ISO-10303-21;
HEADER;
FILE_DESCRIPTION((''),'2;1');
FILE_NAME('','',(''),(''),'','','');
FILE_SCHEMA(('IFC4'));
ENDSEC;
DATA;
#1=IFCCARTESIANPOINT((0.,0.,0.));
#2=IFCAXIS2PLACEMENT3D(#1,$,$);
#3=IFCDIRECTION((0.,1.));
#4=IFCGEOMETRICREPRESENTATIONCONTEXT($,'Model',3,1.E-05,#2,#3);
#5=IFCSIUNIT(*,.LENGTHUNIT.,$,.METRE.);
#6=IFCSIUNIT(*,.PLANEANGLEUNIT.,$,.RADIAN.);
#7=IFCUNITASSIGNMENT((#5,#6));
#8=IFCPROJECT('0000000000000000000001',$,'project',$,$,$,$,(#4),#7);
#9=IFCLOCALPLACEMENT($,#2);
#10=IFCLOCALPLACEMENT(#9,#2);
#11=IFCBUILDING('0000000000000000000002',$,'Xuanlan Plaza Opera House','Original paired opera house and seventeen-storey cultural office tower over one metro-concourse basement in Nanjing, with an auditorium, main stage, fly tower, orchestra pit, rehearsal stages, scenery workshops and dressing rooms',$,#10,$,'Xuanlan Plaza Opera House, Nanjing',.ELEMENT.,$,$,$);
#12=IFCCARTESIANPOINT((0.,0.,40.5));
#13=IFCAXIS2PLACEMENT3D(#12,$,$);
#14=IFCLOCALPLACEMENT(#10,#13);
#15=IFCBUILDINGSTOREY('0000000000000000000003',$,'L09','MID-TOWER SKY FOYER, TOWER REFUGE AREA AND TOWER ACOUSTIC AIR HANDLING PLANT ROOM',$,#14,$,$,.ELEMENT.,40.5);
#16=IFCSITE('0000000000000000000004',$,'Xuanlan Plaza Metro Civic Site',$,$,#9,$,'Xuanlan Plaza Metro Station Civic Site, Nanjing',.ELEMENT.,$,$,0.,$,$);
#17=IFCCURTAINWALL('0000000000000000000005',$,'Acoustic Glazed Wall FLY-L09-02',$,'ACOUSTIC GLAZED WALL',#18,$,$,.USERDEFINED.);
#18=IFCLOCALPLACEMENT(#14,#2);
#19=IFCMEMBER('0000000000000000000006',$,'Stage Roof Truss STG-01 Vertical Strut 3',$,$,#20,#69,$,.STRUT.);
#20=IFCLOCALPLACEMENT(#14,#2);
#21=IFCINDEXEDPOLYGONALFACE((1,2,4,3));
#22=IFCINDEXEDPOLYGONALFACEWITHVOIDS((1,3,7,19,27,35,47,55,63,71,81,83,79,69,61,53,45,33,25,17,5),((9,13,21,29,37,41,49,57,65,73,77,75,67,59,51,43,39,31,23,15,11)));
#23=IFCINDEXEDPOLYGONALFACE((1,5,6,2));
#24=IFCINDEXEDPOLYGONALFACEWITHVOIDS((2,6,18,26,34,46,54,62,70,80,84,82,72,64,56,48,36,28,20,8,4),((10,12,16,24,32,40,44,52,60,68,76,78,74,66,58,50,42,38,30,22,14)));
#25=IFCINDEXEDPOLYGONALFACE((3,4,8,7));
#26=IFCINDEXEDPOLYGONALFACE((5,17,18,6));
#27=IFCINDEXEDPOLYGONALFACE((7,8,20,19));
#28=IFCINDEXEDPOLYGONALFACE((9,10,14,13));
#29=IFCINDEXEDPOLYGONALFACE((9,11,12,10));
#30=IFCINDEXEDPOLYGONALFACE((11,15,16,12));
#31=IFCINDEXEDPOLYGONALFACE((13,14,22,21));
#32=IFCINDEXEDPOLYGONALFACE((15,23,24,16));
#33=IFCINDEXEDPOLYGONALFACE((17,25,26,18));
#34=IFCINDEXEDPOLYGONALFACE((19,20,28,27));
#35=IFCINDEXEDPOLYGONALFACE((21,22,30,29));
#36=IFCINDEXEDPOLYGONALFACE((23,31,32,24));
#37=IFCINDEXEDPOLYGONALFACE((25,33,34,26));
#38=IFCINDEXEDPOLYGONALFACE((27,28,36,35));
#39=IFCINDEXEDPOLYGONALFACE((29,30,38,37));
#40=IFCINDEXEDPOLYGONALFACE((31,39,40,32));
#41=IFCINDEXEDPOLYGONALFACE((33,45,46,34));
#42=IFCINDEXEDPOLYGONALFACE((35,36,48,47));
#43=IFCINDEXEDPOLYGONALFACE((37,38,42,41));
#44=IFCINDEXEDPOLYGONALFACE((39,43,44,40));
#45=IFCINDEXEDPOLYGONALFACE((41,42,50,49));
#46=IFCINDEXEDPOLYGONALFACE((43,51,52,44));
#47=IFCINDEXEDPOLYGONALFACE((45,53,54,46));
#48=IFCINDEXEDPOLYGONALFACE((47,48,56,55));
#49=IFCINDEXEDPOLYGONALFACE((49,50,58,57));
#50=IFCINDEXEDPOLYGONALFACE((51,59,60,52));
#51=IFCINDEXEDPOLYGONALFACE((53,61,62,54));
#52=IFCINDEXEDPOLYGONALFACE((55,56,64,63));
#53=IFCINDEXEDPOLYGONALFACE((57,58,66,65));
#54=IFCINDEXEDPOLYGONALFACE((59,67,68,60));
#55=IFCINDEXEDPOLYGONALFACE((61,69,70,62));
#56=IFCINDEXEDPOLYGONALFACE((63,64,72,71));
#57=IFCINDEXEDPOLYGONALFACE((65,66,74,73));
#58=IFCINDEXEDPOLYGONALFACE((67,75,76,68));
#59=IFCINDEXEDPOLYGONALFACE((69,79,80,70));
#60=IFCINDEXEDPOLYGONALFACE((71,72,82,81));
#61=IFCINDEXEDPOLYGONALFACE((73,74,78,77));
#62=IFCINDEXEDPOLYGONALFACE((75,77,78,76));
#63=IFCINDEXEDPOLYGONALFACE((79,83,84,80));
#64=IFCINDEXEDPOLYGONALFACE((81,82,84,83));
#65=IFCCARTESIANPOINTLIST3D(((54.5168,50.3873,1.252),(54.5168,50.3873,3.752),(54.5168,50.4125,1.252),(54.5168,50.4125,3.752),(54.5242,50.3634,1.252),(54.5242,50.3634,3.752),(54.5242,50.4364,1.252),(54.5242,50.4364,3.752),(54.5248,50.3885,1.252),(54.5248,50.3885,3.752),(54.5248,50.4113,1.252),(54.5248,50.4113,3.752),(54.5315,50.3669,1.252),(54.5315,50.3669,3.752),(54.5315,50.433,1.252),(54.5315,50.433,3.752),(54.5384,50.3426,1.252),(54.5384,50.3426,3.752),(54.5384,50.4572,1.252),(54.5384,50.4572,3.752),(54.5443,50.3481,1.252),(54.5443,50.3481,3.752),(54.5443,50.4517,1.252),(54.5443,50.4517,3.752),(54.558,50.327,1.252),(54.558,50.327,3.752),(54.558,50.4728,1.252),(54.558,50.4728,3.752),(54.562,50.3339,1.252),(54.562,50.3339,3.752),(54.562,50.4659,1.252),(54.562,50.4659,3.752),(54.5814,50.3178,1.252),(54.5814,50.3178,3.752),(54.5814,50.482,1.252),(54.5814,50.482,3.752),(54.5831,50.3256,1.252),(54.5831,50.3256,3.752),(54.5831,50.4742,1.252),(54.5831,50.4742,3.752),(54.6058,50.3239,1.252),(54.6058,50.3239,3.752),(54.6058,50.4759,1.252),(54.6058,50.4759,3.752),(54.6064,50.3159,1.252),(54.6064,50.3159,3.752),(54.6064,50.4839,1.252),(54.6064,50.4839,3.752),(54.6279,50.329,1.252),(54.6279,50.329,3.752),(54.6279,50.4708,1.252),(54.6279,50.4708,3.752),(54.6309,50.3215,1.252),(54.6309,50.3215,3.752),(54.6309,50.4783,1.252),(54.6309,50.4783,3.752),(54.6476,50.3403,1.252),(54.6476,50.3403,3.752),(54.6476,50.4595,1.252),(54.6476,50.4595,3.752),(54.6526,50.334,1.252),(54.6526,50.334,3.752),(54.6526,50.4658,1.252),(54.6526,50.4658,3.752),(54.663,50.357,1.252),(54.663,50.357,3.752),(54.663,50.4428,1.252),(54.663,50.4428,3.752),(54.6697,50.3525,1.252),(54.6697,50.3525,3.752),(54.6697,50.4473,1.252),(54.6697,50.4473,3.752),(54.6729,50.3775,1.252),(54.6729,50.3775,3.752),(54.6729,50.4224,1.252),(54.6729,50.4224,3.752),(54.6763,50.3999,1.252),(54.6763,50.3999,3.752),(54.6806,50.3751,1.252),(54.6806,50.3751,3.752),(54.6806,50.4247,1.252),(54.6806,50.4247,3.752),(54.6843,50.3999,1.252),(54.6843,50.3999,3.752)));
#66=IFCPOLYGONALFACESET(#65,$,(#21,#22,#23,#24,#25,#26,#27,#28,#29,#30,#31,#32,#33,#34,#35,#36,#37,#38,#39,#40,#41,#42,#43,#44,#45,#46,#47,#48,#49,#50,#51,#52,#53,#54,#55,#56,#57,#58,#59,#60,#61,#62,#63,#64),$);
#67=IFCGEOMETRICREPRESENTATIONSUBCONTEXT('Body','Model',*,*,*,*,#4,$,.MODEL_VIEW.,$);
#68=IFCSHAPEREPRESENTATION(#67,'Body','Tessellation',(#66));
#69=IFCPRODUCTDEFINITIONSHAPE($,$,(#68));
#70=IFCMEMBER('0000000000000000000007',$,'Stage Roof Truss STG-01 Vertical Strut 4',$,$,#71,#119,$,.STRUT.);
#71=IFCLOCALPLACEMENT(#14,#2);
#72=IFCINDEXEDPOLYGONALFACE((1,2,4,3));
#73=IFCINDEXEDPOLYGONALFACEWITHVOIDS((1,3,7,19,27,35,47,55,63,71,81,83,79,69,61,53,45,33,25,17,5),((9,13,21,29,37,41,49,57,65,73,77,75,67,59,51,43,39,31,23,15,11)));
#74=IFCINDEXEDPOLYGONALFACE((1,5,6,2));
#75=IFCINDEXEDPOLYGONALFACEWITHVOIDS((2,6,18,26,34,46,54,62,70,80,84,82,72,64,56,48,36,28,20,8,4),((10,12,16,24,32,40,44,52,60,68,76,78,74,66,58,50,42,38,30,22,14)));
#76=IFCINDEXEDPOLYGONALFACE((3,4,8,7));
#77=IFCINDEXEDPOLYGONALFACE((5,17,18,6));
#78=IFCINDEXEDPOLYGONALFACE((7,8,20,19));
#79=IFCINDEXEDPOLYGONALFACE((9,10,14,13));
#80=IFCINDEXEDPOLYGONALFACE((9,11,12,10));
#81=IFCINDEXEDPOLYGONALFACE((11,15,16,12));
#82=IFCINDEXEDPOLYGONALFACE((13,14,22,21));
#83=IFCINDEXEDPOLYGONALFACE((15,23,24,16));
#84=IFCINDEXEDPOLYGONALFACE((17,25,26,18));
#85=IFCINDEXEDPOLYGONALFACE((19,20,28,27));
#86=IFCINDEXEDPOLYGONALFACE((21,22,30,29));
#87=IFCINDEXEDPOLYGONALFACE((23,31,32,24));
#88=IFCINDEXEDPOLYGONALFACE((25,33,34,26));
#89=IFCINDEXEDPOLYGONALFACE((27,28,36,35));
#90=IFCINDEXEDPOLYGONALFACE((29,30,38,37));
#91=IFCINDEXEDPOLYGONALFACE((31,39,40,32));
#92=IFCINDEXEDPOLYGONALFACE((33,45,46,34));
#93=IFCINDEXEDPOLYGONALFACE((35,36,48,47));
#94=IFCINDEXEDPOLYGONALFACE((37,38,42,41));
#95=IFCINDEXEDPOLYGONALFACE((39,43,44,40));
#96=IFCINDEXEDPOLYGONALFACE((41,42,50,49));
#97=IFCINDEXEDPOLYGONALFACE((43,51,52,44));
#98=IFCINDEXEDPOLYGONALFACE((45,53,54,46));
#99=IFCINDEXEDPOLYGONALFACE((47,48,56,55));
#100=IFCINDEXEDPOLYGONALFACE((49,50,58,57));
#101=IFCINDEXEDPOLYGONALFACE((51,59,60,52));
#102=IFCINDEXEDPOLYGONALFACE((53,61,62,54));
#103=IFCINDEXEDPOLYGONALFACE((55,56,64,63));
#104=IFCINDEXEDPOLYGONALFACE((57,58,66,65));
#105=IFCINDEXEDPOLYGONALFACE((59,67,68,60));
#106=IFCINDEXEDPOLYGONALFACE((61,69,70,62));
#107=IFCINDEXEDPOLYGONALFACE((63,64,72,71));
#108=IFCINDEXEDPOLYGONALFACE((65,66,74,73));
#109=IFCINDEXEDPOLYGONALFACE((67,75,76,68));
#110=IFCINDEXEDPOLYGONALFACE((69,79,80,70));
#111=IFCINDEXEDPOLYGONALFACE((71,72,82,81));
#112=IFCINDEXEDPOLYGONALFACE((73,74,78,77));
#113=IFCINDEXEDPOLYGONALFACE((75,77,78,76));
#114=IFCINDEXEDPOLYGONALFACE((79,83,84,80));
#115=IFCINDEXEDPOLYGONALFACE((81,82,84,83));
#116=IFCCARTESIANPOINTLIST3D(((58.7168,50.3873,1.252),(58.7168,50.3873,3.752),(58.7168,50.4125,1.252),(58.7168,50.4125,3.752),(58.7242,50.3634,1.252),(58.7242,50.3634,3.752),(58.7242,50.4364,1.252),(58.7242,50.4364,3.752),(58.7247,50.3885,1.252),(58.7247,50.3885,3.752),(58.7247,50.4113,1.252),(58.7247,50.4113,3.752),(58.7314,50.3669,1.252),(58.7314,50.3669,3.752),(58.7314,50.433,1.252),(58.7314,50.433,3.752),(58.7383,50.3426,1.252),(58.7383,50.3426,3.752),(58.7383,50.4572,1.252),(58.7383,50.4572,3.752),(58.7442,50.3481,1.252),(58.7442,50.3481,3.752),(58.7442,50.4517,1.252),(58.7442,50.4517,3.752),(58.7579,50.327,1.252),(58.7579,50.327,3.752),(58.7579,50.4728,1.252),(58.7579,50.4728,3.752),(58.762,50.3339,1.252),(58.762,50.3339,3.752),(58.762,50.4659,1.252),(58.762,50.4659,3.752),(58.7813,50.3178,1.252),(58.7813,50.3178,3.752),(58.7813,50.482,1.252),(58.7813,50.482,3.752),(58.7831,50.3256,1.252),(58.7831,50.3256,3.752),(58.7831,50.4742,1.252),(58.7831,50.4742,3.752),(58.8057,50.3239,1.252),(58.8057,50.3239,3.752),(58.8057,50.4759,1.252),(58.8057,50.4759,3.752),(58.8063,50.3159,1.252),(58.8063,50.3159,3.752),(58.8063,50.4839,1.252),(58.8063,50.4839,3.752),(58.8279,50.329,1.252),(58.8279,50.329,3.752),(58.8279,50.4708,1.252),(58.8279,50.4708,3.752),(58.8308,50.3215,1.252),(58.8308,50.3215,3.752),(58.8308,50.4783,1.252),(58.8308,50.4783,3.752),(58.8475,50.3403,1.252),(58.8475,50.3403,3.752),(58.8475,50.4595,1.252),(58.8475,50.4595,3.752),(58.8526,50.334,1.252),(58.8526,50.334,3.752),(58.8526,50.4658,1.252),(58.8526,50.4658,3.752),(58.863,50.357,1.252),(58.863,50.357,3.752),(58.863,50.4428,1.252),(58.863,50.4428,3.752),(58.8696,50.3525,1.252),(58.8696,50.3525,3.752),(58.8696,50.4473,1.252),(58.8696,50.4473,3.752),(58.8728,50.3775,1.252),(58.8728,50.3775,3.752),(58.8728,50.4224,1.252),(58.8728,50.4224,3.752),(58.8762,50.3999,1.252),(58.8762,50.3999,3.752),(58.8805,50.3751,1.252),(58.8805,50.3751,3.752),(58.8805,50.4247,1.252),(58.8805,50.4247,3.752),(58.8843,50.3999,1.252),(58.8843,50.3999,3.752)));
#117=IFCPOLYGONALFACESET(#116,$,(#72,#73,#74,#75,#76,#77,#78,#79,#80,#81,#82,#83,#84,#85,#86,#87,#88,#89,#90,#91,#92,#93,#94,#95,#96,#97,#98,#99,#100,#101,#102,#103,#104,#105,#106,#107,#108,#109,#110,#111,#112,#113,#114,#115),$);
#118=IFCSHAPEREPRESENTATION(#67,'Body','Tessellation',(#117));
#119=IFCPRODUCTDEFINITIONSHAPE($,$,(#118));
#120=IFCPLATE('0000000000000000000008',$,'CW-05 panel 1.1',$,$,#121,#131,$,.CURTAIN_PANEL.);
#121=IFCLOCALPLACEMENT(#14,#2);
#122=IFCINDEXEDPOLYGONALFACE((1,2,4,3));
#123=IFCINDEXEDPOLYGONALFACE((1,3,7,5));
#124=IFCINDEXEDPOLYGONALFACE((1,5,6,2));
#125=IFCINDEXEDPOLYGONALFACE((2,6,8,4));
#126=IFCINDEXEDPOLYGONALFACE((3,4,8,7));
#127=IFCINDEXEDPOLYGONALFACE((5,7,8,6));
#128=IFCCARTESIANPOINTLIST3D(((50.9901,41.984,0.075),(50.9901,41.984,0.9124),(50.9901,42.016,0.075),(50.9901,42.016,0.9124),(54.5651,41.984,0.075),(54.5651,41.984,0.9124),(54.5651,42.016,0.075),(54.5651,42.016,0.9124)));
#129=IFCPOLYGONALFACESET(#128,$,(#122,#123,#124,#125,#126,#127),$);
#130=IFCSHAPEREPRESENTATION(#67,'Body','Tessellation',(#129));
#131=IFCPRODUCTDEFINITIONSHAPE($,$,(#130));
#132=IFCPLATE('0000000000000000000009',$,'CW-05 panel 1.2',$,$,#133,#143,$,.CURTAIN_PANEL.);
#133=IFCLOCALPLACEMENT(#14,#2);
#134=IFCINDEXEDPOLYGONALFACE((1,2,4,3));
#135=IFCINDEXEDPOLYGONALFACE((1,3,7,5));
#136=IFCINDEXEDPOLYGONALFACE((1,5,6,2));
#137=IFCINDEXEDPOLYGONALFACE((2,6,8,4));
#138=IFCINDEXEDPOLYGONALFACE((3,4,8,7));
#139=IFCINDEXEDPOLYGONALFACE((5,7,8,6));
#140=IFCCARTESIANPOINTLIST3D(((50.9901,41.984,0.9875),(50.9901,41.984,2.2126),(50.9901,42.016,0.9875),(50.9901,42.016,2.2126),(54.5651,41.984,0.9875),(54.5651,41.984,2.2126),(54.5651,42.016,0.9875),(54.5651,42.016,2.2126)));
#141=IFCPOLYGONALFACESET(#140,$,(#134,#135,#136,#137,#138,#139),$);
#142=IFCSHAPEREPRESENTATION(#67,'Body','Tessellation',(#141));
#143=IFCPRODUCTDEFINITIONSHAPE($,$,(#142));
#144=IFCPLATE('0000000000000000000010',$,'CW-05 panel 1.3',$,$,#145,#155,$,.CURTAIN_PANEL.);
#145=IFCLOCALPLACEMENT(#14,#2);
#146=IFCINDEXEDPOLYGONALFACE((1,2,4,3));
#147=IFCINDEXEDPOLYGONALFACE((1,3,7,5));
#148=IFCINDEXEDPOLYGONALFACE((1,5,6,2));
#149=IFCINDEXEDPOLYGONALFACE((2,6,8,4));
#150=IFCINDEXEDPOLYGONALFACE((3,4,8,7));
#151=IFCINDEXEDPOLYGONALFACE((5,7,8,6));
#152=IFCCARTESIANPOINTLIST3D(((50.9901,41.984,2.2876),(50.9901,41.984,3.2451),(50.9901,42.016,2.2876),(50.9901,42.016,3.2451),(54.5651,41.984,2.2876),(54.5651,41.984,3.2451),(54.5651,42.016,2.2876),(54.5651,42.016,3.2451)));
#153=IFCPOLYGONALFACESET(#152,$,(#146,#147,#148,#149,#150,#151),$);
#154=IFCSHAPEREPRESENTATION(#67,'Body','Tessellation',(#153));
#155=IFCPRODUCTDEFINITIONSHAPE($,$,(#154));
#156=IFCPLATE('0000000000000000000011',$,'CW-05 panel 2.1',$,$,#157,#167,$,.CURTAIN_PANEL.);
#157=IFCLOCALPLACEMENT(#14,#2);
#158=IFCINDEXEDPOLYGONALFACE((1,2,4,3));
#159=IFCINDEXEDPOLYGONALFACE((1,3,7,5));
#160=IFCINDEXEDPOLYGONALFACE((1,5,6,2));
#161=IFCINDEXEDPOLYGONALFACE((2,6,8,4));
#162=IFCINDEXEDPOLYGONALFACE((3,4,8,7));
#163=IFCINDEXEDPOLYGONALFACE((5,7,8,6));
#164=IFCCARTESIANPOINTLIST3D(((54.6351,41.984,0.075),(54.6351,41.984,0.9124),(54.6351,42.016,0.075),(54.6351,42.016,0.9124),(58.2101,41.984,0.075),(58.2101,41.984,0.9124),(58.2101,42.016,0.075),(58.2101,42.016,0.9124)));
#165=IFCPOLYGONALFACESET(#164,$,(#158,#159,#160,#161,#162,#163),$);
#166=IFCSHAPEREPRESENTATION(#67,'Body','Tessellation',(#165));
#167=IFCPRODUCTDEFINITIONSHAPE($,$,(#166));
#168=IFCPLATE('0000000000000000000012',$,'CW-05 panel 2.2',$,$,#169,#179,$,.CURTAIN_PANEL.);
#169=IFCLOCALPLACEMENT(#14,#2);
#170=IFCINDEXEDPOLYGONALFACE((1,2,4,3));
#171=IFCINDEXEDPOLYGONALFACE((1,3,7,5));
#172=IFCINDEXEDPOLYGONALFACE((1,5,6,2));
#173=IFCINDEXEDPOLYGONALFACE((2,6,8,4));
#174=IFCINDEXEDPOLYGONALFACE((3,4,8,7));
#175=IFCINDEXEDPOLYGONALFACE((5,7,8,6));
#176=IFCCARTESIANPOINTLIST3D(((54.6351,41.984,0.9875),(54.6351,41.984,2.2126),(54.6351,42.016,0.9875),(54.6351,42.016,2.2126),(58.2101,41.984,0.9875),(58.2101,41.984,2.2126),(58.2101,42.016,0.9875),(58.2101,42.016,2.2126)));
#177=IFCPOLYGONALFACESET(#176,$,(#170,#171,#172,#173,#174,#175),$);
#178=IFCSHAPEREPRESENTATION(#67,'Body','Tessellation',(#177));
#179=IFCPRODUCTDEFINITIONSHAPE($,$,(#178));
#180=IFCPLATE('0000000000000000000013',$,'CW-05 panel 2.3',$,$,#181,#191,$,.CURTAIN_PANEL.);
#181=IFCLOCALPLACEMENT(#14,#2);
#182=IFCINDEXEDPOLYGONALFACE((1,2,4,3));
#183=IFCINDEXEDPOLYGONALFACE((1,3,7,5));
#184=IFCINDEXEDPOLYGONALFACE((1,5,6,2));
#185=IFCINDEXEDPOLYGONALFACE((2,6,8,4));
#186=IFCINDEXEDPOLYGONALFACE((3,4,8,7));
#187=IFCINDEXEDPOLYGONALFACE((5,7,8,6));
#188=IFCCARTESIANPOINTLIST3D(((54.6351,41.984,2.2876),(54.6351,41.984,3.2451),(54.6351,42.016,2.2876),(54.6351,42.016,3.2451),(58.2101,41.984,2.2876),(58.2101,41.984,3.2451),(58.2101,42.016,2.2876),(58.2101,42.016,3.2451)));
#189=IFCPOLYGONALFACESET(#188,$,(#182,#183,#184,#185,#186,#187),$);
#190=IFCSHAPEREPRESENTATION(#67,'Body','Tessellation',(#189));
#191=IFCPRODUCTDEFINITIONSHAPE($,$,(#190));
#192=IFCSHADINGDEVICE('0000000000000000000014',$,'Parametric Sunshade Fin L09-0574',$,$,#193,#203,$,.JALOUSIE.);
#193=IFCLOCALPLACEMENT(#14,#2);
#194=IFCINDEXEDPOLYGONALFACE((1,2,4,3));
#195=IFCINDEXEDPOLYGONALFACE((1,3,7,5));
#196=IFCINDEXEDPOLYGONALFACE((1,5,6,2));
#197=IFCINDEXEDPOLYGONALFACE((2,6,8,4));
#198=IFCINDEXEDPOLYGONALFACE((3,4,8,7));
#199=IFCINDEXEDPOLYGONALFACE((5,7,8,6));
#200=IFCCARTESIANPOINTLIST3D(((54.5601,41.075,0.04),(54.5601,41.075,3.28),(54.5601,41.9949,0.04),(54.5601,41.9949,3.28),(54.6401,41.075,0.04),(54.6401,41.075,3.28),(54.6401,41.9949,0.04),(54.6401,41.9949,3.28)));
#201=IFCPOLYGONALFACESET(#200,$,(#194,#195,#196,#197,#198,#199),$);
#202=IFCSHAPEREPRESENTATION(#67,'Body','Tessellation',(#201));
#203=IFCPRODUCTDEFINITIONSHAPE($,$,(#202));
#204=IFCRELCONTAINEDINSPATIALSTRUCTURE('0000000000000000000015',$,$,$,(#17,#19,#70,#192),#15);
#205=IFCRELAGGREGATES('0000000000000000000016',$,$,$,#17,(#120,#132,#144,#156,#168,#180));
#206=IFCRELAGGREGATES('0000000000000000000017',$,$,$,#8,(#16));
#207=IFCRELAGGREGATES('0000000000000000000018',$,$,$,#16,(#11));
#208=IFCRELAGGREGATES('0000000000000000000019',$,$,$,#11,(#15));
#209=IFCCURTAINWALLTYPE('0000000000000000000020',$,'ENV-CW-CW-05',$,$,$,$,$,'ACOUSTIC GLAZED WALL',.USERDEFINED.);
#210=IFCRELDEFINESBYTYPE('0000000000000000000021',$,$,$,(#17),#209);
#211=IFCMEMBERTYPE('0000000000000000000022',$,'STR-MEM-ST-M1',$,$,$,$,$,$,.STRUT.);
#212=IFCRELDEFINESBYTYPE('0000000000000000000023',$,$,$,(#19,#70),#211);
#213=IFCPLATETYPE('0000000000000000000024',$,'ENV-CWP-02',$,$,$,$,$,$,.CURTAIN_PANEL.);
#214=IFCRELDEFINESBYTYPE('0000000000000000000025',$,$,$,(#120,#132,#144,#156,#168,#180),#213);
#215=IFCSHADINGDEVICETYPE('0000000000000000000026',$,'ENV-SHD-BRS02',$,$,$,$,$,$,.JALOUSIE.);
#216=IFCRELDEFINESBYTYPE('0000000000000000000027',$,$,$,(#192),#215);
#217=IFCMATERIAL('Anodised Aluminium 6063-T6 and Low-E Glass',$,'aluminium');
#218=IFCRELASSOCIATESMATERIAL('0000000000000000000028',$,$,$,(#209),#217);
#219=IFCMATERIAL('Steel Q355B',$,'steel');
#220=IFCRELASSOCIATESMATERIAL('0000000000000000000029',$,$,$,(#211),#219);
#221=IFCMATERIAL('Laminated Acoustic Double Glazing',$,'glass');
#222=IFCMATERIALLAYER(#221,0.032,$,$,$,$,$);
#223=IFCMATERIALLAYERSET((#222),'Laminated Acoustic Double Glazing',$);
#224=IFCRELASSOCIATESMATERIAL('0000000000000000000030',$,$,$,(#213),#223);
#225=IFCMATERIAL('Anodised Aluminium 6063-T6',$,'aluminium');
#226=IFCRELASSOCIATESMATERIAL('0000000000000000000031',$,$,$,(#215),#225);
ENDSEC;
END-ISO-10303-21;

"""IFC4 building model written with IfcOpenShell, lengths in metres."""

from ifc_helpers import new_model, si_unit, direction, frame, origin, origin_2d, place, context, subcontext, project, spatial, rectangle, hollow_circle, extrude, material, layer, layer_set, material_profile, profile_set, type_object, element, aggregate, save


model = new_model("IFC4")

# Units and contexts
model_context = context("Model", 3, precision=1e-05, world=origin(), true_north=direction((0.0, 1.0)))
body_context = subcontext(model_context, "Body", "Model", "MODEL_VIEW")
ifc_project = project(units=[si_unit("LENGTHUNIT", "METRE"), si_unit("PLANEANGLEUNIT", "RADIAN")], contexts=[model_context])

# Site, building, storey
site_placement = place(None, origin())
site = spatial("IfcSite", under=ifc_project, at=site_placement, Name="Xuanlan Plaza Metro Civic Site", LongName="Xuanlan Plaza Metro Station Civic Site, Nanjing", CompositionType="ELEMENT", RefElevation=0.0)
building_placement = place(site_placement, origin())
building = spatial("IfcBuilding", under=site, at=building_placement, Name="Xuanlan Plaza Opera House", Description="Original paired opera house and seventeen-storey cultural office tower over one metro-concourse basement in Nanjing, with an auditorium, main stage, fly tower, orchestra pit, rehearsal stages, scenery workshops and dressing rooms", LongName="Xuanlan Plaza Opera House, Nanjing", CompositionType="ELEMENT")
storey_placement = place(building_placement, frame((0.0, 0.0, 40.5)))
storey = spatial("IfcBuildingStorey", under=building, at=storey_placement, Name="L09", Description="MID-TOWER SKY FOYER, TOWER REFUGE AREA AND TOWER ACOUSTIC AIR HANDLING PLANT ROOM", CompositionType="ELEMENT", Elevation=40.5)

# Curtain wall
ifc_material_1 = material(Name="Anodised Aluminium 6063-T6 and Low-E Glass", Category="aluminium")
curtain_wall_type = type_object("IfcCurtainWallType", Name="ENV-CW-CW-05", ElementType="ACOUSTIC GLAZED WALL", PredefinedType="USERDEFINED", material=ifc_material_1)
curtain_wall_1_placement = place(storey_placement, origin())
curtain_wall_1 = element("IfcCurtainWall", 1, at=curtain_wall_1_placement, inside=storey, type_object=curtain_wall_type, Name="Acoustic Glazed Wall FLY-L09-02", ObjectType="ACOUSTIC GLAZED WALL", PredefinedType="USERDEFINED")
ifc_material_2 = material(Name="Anodised Aluminium 6063-T6", Category="aluminium")

# Members
ifc_material_3 = material(Name="Steel Q355B", Category="steel")
ifc_material_profile_1 = material_profile(ifc_material_3, hollow_circle(Radius=0.0842, WallThickness=0.0081, at=origin_2d()), Name="CHS 168.3x8")
ifc_profile_set_1 = profile_set([ifc_material_profile_1], Name="Steel Q355B")
member_type_1 = type_object("IfcMemberType", Name="STR-MEM-ST-M1", PredefinedType="STRUT", material=ifc_profile_set_1)
for number, where, z_axis, x_axis, name in (
    (2, (54.6001, 50.3999, 1.252), (0.0, 0.0, 1.0), (1.0, 0.0, 0.0), "Stage Roof Truss STG-01 Vertical Strut 3"),
    (3, (58.8, 50.3999, 1.252), (0.0, 0.0, 1.0), (1.0, 0.0, 0.0), "Stage Roof Truss STG-01 Vertical Strut 4"),
):
    element("IfcMember", number, at=place(storey_placement, frame(where, z_axis=z_axis, x_axis=x_axis)), inside=storey, type_object=member_type_1, Name=name, PredefinedType="STRUT", context=body_context, shape_type="SweptSolid", body=[
        extrude(hollow_circle(Radius=0.0842, WallThickness=0.0081, at=origin_2d()), origin(), (0.0, 0.0, 1.0), 2.5),
    ])

# Plates
ifc_material_4 = material(Name="Laminated Acoustic Double Glazing", Category="glass")
ifc_layer = layer(ifc_material_4, 0.032)
ifc_layer_set = layer_set([ifc_layer], Name="Laminated Acoustic Double Glazing")
plate_type = type_object("IfcPlateType", Name="ENV-CWP-02", PredefinedType="CURTAIN_PANEL", material=ifc_layer_set)
plate_1_placement = place(storey_placement, frame((52.7776, 42.0, 0.075), z_axis=(0.0, 0.0, 1.0), x_axis=(1.0, 0.0, 0.0)))
plate_1 = element("IfcPlate", 4, at=plate_1_placement, type_object=plate_type, Name="CW-05 panel 1.1", PredefinedType="CURTAIN_PANEL", context=body_context, shape_type="SweptSolid", body=[
    extrude(rectangle(XDim=3.575, YDim=0.032, at=origin_2d()), origin(), (0.0, 0.0, 1.0), 0.8374),
])
plate_2_placement = place(storey_placement, frame((52.7776, 42.0, 0.9875), z_axis=(0.0, 0.0, 1.0), x_axis=(1.0, 0.0, 0.0)))
plate_2 = element("IfcPlate", 5, at=plate_2_placement, type_object=plate_type, Name="CW-05 panel 1.2", PredefinedType="CURTAIN_PANEL", context=body_context, shape_type="SweptSolid", body=[
    extrude(rectangle(XDim=3.575, YDim=0.032, at=origin_2d()), origin(), (0.0, 0.0, 1.0), 1.2251),
])
plate_3_placement = place(storey_placement, frame((52.7776, 42.0, 2.2876), z_axis=(0.0, 0.0, 1.0), x_axis=(1.0, 0.0, 0.0)))
plate_3 = element("IfcPlate", 6, at=plate_3_placement, type_object=plate_type, Name="CW-05 panel 1.3", PredefinedType="CURTAIN_PANEL", context=body_context, shape_type="SweptSolid", body=[
    extrude(rectangle(XDim=3.575, YDim=0.032, at=origin_2d()), origin(), (0.0, 0.0, 1.0), 0.9575),
])
plate_4_placement = place(storey_placement, frame((56.4226, 42.0, 0.075), z_axis=(0.0, 0.0, 1.0), x_axis=(1.0, 0.0, 0.0)))
plate_4 = element("IfcPlate", 7, at=plate_4_placement, type_object=plate_type, Name="CW-05 panel 2.1", PredefinedType="CURTAIN_PANEL", context=body_context, shape_type="SweptSolid", body=[
    extrude(rectangle(XDim=3.575, YDim=0.032, at=origin_2d()), origin(), (0.0, 0.0, 1.0), 0.8374),
])
plate_5_placement = place(storey_placement, frame((56.4226, 42.0, 0.9875), z_axis=(0.0, 0.0, 1.0), x_axis=(1.0, 0.0, 0.0)))
plate_5 = element("IfcPlate", 8, at=plate_5_placement, type_object=plate_type, Name="CW-05 panel 2.2", PredefinedType="CURTAIN_PANEL", context=body_context, shape_type="SweptSolid", body=[
    extrude(rectangle(XDim=3.575, YDim=0.032, at=origin_2d()), origin(), (0.0, 0.0, 1.0), 1.2251),
])
plate_6_placement = place(storey_placement, frame((56.4226, 42.0, 2.2876), z_axis=(0.0, 0.0, 1.0), x_axis=(1.0, 0.0, 0.0)))
plate_6 = element("IfcPlate", 9, at=plate_6_placement, type_object=plate_type, Name="CW-05 panel 2.3", PredefinedType="CURTAIN_PANEL", context=body_context, shape_type="SweptSolid", body=[
    extrude(rectangle(XDim=3.575, YDim=0.032, at=origin_2d()), origin(), (0.0, 0.0, 1.0), 0.9575),
])
aggregate(curtain_wall_1, [plate_1, plate_2, plate_3, plate_4, plate_5, plate_6])

# Shading device
shading_device_type = type_object("IfcShadingDeviceType", Name="ENV-SHD-BRS02", PredefinedType="JALOUSIE", material=ifc_material_2)
shading_device_placement = place(storey_placement, frame((54.6001, 41.5349, 0.04), z_axis=(0.0, 0.0, 1.0), x_axis=(0.0, -1.0, 0.0)))
element("IfcShadingDevice", 10, at=shading_device_placement, inside=storey, type_object=shading_device_type, Name="Parametric Sunshade Fin L09-0574", PredefinedType="JALOUSIE", context=body_context, shape_type="SweptSolid", body=[
    extrude(rectangle(XDim=0.9199, YDim=0.0801, at=origin_2d()), origin(), (0.0, 0.0, 1.0), 3.24),
])

save(model, "model.ifc")
